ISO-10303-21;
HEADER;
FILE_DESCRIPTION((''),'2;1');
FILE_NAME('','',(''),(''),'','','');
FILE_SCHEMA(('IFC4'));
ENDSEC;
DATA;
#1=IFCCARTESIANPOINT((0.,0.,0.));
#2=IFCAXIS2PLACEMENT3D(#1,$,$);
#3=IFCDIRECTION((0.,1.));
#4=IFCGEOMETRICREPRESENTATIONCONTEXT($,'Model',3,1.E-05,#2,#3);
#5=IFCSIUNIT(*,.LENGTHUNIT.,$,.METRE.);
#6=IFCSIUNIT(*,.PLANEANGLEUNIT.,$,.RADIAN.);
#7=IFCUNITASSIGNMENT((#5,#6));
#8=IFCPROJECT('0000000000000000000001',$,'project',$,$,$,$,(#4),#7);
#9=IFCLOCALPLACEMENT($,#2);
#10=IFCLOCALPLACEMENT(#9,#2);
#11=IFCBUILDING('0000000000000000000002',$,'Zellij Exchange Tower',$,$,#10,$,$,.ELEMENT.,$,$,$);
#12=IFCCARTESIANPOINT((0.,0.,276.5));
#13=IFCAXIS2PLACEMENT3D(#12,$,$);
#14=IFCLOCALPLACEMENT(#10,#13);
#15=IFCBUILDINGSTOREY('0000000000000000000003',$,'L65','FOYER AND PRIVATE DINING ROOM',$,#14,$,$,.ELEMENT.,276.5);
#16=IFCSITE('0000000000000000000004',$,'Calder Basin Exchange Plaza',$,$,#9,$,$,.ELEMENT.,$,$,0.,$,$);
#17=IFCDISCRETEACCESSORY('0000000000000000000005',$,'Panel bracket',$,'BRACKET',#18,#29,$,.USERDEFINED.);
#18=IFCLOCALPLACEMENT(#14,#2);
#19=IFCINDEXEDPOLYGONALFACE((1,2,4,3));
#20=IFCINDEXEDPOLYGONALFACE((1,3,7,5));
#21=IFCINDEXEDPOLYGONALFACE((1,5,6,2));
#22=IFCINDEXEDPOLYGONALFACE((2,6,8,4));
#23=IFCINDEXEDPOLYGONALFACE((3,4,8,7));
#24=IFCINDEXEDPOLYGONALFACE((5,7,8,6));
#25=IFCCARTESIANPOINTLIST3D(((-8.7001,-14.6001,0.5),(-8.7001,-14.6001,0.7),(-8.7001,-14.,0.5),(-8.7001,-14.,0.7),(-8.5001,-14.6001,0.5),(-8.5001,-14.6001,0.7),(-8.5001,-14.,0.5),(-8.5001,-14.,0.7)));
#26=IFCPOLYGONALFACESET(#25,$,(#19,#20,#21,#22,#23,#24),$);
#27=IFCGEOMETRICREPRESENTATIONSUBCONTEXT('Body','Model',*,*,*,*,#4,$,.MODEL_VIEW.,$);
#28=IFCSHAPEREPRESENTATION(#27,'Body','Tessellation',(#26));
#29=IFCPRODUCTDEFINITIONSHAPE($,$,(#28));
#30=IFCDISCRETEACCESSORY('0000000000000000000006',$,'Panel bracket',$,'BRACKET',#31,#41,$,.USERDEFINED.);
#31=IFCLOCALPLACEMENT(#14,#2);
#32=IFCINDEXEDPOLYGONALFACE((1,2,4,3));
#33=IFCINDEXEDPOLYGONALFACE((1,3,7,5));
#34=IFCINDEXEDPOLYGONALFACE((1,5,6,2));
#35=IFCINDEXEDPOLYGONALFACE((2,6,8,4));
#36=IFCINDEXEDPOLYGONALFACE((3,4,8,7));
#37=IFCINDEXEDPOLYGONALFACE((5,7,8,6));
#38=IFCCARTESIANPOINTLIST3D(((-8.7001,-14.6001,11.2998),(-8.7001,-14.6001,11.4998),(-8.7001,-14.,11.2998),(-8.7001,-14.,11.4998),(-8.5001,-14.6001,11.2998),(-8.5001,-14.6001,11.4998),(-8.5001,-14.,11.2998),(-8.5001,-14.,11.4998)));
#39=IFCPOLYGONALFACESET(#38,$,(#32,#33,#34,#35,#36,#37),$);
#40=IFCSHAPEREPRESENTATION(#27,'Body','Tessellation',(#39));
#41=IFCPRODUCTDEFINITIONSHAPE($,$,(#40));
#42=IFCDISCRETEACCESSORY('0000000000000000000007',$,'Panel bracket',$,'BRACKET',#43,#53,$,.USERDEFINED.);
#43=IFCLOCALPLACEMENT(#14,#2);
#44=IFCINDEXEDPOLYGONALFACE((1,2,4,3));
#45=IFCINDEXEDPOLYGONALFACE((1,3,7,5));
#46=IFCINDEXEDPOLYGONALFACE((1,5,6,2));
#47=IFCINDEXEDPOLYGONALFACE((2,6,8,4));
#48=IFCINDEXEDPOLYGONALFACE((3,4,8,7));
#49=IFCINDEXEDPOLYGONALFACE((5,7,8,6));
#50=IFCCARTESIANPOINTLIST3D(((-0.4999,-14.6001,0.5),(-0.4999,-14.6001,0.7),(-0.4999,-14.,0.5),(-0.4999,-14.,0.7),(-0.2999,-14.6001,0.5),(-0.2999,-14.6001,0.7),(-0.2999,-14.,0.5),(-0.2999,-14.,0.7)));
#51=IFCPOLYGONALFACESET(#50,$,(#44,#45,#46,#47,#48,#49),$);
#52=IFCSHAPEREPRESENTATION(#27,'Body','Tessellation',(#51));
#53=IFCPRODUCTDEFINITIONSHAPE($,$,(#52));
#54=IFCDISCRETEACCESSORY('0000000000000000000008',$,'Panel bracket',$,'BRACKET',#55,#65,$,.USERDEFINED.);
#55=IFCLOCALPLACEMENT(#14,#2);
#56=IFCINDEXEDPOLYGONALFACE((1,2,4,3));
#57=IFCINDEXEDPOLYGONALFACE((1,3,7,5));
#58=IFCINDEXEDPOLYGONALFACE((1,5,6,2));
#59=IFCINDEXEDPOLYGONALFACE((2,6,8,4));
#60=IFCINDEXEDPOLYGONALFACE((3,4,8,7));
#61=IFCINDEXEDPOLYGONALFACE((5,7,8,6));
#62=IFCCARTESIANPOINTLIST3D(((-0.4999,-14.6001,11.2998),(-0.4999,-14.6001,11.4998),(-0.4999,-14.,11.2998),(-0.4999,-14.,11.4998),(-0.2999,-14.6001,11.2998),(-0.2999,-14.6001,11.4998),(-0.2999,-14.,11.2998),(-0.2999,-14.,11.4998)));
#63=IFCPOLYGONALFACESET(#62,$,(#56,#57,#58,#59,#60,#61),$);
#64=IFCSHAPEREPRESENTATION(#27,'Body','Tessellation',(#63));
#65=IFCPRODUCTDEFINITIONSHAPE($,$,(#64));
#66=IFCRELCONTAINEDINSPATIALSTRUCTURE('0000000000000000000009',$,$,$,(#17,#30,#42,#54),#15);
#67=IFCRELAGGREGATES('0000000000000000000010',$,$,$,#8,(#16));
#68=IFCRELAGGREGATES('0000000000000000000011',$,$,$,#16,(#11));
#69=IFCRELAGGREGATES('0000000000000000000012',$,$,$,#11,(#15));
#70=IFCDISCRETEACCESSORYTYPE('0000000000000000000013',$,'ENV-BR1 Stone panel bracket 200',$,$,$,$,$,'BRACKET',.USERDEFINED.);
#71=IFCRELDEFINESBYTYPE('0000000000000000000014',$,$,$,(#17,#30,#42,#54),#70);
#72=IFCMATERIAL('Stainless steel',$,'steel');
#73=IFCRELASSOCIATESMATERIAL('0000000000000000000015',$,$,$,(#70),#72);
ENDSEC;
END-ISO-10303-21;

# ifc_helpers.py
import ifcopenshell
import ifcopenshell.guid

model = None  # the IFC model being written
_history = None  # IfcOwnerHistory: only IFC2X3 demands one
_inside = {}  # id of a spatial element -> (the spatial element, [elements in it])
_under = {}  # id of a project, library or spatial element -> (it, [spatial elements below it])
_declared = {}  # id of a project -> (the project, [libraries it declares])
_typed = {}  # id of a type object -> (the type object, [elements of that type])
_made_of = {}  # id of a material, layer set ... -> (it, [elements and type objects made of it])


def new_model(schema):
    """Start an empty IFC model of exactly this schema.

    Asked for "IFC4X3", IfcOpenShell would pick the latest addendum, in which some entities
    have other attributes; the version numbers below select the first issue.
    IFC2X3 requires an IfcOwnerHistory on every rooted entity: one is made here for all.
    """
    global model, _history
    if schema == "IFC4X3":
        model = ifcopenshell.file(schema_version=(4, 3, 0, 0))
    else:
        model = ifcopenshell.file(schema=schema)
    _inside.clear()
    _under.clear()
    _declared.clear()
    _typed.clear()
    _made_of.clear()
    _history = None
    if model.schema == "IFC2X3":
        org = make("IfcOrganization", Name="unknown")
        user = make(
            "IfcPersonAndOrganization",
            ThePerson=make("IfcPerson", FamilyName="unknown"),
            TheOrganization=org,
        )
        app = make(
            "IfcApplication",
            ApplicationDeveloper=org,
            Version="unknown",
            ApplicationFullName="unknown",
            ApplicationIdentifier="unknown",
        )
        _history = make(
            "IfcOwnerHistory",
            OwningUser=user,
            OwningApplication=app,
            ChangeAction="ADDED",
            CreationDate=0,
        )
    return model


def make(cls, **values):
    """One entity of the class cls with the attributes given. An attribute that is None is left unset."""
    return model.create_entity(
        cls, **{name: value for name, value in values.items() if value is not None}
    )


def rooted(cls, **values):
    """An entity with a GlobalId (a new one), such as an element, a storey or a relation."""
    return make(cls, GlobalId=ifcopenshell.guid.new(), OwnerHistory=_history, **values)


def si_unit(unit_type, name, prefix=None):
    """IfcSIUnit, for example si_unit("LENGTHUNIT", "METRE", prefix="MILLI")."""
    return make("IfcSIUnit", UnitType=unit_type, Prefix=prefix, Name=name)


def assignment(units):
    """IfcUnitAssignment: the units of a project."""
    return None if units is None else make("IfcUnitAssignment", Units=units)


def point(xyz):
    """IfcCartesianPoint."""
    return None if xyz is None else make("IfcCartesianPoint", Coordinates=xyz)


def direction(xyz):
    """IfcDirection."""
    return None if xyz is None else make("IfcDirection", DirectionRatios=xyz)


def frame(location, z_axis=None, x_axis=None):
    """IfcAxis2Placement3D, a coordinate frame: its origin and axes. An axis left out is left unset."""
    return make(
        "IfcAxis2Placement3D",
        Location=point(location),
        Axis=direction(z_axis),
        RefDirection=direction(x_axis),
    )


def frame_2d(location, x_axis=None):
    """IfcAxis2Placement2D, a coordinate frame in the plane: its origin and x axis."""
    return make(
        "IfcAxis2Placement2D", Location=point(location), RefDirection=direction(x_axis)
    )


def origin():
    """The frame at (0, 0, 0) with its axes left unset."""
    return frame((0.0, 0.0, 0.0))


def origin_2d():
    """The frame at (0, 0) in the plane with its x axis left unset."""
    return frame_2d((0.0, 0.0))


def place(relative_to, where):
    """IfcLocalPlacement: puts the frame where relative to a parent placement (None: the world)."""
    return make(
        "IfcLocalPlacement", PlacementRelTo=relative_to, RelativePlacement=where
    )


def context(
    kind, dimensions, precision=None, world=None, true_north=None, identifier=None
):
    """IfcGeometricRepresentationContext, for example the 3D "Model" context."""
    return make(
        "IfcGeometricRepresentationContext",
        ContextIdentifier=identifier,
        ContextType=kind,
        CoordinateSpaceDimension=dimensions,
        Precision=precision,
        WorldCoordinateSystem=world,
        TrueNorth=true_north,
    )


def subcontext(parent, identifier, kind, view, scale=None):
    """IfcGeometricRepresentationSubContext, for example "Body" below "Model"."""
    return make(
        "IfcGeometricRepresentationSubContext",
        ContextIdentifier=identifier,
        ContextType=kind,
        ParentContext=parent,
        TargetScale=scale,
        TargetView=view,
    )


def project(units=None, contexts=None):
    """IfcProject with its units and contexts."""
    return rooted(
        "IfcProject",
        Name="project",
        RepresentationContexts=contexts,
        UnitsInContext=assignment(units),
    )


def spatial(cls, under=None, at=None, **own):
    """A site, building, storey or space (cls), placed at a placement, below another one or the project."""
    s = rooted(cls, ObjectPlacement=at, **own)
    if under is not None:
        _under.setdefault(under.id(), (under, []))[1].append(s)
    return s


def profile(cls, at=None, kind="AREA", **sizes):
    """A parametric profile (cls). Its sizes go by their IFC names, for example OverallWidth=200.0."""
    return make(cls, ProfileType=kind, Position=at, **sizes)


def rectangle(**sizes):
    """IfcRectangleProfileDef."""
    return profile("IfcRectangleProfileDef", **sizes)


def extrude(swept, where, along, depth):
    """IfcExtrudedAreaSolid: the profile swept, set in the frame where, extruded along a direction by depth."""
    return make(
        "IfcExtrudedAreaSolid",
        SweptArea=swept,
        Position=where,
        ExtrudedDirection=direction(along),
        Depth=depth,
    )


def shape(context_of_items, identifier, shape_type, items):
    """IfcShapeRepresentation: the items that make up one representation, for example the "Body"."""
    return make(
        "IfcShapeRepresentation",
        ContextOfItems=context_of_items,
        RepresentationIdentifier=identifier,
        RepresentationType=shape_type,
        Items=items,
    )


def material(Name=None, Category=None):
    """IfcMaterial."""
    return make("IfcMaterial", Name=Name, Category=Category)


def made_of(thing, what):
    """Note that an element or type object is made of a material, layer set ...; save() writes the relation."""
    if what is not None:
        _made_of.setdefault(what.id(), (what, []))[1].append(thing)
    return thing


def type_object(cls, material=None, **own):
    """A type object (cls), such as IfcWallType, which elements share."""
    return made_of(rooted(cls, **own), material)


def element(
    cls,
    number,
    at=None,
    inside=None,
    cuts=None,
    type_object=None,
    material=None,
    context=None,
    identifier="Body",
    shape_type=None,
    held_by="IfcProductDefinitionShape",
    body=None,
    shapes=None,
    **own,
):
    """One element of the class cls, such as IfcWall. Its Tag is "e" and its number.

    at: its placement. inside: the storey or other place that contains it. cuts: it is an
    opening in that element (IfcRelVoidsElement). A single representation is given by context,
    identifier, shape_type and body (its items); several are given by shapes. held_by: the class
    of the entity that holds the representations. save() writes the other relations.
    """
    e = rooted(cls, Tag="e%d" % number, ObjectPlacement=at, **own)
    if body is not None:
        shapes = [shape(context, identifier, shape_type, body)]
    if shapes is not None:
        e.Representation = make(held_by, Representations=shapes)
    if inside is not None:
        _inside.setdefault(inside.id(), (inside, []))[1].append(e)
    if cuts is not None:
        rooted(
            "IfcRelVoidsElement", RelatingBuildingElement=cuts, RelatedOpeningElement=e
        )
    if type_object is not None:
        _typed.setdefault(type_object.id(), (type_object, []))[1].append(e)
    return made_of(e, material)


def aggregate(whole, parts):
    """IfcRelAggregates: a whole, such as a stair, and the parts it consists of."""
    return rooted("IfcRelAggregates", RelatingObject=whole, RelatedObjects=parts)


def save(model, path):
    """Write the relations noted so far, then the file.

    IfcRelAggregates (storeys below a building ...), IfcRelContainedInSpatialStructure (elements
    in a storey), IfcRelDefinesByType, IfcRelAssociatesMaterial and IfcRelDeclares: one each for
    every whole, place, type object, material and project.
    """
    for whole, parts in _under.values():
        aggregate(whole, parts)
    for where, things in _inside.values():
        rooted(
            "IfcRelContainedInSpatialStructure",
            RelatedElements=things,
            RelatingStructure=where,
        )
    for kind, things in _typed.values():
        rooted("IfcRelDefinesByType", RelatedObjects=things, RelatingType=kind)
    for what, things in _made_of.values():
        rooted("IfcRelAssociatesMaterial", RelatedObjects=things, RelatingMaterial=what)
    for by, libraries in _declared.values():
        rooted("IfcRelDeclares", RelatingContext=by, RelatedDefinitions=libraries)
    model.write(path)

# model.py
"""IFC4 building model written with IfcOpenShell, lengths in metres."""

from ifc_helpers import new_model, si_unit, direction, frame, origin, origin_2d, place, context, subcontext, project, spatial, rectangle, extrude, material, type_object, element, save


model = new_model("IFC4")

# Units and contexts
model_context = context("Model", 3, precision=1e-05, world=origin(), true_north=direction((0.0, 1.0)))
body_context = subcontext(model_context, "Body", "Model", "MODEL_VIEW")
ifc_project = project(units=[si_unit("LENGTHUNIT", "METRE"), si_unit("PLANEANGLEUNIT", "RADIAN")], contexts=[model_context])

# Site, building, storey
site_placement = place(None, origin())
site = spatial("IfcSite", under=ifc_project, at=site_placement, Name="Calder Basin Exchange Plaza", CompositionType="ELEMENT", RefElevation=0.0)
building_placement = place(site_placement, origin())
building = spatial("IfcBuilding", under=site, at=building_placement, Name="Zellij Exchange Tower", CompositionType="ELEMENT")
storey_placement = place(building_placement, frame((0.0, 0.0, 276.5)))
storey = spatial("IfcBuildingStorey", under=building, at=storey_placement, Name="L65", Description="FOYER AND PRIVATE DINING ROOM", CompositionType="ELEMENT", Elevation=276.5)

# Shared definitions
ifc_material_1 = material(Name="Stainless steel", Category="steel")

# Discrete accessories
discrete_accessory_type = type_object("IfcDiscreteAccessoryType", Name="ENV-BR1 Stone panel bracket 200", ElementType="BRACKET", PredefinedType="USERDEFINED", material=ifc_material_1)
for number, where, z_axis, x_axis, name in (
    (1, (-8.6001, -14.3, 0.5), (0.0, 0.0, 1.0), (1.0, 0.0, 0.0), "Panel bracket"),
    (2, (-8.6001, -14.3, 11.2998), (0.0, 0.0, 1.0), (1.0, 0.0, 0.0), "Panel bracket"),
    (3, (-0.3999, -14.3, 0.5), (0.0, 0.0, 1.0), (1.0, 0.0, 0.0), "Panel bracket"),
    (4, (-0.3999, -14.3, 11.2998), (0.0, 0.0, 1.0), (1.0, 0.0, 0.0), "Panel bracket"),
):
    element("IfcDiscreteAccessory", number, at=place(storey_placement, frame(where, z_axis=z_axis, x_axis=x_axis)), inside=storey, type_object=discrete_accessory_type, Name=name, ObjectType="BRACKET", PredefinedType="USERDEFINED", context=body_context, shape_type="SweptSolid", body=[
        extrude(rectangle(XDim=0.2, YDim=0.6001, at=origin_2d()), origin(), (0.0, 0.0, 1.0), 0.2),
    ])

save(model, "model.ifc")
